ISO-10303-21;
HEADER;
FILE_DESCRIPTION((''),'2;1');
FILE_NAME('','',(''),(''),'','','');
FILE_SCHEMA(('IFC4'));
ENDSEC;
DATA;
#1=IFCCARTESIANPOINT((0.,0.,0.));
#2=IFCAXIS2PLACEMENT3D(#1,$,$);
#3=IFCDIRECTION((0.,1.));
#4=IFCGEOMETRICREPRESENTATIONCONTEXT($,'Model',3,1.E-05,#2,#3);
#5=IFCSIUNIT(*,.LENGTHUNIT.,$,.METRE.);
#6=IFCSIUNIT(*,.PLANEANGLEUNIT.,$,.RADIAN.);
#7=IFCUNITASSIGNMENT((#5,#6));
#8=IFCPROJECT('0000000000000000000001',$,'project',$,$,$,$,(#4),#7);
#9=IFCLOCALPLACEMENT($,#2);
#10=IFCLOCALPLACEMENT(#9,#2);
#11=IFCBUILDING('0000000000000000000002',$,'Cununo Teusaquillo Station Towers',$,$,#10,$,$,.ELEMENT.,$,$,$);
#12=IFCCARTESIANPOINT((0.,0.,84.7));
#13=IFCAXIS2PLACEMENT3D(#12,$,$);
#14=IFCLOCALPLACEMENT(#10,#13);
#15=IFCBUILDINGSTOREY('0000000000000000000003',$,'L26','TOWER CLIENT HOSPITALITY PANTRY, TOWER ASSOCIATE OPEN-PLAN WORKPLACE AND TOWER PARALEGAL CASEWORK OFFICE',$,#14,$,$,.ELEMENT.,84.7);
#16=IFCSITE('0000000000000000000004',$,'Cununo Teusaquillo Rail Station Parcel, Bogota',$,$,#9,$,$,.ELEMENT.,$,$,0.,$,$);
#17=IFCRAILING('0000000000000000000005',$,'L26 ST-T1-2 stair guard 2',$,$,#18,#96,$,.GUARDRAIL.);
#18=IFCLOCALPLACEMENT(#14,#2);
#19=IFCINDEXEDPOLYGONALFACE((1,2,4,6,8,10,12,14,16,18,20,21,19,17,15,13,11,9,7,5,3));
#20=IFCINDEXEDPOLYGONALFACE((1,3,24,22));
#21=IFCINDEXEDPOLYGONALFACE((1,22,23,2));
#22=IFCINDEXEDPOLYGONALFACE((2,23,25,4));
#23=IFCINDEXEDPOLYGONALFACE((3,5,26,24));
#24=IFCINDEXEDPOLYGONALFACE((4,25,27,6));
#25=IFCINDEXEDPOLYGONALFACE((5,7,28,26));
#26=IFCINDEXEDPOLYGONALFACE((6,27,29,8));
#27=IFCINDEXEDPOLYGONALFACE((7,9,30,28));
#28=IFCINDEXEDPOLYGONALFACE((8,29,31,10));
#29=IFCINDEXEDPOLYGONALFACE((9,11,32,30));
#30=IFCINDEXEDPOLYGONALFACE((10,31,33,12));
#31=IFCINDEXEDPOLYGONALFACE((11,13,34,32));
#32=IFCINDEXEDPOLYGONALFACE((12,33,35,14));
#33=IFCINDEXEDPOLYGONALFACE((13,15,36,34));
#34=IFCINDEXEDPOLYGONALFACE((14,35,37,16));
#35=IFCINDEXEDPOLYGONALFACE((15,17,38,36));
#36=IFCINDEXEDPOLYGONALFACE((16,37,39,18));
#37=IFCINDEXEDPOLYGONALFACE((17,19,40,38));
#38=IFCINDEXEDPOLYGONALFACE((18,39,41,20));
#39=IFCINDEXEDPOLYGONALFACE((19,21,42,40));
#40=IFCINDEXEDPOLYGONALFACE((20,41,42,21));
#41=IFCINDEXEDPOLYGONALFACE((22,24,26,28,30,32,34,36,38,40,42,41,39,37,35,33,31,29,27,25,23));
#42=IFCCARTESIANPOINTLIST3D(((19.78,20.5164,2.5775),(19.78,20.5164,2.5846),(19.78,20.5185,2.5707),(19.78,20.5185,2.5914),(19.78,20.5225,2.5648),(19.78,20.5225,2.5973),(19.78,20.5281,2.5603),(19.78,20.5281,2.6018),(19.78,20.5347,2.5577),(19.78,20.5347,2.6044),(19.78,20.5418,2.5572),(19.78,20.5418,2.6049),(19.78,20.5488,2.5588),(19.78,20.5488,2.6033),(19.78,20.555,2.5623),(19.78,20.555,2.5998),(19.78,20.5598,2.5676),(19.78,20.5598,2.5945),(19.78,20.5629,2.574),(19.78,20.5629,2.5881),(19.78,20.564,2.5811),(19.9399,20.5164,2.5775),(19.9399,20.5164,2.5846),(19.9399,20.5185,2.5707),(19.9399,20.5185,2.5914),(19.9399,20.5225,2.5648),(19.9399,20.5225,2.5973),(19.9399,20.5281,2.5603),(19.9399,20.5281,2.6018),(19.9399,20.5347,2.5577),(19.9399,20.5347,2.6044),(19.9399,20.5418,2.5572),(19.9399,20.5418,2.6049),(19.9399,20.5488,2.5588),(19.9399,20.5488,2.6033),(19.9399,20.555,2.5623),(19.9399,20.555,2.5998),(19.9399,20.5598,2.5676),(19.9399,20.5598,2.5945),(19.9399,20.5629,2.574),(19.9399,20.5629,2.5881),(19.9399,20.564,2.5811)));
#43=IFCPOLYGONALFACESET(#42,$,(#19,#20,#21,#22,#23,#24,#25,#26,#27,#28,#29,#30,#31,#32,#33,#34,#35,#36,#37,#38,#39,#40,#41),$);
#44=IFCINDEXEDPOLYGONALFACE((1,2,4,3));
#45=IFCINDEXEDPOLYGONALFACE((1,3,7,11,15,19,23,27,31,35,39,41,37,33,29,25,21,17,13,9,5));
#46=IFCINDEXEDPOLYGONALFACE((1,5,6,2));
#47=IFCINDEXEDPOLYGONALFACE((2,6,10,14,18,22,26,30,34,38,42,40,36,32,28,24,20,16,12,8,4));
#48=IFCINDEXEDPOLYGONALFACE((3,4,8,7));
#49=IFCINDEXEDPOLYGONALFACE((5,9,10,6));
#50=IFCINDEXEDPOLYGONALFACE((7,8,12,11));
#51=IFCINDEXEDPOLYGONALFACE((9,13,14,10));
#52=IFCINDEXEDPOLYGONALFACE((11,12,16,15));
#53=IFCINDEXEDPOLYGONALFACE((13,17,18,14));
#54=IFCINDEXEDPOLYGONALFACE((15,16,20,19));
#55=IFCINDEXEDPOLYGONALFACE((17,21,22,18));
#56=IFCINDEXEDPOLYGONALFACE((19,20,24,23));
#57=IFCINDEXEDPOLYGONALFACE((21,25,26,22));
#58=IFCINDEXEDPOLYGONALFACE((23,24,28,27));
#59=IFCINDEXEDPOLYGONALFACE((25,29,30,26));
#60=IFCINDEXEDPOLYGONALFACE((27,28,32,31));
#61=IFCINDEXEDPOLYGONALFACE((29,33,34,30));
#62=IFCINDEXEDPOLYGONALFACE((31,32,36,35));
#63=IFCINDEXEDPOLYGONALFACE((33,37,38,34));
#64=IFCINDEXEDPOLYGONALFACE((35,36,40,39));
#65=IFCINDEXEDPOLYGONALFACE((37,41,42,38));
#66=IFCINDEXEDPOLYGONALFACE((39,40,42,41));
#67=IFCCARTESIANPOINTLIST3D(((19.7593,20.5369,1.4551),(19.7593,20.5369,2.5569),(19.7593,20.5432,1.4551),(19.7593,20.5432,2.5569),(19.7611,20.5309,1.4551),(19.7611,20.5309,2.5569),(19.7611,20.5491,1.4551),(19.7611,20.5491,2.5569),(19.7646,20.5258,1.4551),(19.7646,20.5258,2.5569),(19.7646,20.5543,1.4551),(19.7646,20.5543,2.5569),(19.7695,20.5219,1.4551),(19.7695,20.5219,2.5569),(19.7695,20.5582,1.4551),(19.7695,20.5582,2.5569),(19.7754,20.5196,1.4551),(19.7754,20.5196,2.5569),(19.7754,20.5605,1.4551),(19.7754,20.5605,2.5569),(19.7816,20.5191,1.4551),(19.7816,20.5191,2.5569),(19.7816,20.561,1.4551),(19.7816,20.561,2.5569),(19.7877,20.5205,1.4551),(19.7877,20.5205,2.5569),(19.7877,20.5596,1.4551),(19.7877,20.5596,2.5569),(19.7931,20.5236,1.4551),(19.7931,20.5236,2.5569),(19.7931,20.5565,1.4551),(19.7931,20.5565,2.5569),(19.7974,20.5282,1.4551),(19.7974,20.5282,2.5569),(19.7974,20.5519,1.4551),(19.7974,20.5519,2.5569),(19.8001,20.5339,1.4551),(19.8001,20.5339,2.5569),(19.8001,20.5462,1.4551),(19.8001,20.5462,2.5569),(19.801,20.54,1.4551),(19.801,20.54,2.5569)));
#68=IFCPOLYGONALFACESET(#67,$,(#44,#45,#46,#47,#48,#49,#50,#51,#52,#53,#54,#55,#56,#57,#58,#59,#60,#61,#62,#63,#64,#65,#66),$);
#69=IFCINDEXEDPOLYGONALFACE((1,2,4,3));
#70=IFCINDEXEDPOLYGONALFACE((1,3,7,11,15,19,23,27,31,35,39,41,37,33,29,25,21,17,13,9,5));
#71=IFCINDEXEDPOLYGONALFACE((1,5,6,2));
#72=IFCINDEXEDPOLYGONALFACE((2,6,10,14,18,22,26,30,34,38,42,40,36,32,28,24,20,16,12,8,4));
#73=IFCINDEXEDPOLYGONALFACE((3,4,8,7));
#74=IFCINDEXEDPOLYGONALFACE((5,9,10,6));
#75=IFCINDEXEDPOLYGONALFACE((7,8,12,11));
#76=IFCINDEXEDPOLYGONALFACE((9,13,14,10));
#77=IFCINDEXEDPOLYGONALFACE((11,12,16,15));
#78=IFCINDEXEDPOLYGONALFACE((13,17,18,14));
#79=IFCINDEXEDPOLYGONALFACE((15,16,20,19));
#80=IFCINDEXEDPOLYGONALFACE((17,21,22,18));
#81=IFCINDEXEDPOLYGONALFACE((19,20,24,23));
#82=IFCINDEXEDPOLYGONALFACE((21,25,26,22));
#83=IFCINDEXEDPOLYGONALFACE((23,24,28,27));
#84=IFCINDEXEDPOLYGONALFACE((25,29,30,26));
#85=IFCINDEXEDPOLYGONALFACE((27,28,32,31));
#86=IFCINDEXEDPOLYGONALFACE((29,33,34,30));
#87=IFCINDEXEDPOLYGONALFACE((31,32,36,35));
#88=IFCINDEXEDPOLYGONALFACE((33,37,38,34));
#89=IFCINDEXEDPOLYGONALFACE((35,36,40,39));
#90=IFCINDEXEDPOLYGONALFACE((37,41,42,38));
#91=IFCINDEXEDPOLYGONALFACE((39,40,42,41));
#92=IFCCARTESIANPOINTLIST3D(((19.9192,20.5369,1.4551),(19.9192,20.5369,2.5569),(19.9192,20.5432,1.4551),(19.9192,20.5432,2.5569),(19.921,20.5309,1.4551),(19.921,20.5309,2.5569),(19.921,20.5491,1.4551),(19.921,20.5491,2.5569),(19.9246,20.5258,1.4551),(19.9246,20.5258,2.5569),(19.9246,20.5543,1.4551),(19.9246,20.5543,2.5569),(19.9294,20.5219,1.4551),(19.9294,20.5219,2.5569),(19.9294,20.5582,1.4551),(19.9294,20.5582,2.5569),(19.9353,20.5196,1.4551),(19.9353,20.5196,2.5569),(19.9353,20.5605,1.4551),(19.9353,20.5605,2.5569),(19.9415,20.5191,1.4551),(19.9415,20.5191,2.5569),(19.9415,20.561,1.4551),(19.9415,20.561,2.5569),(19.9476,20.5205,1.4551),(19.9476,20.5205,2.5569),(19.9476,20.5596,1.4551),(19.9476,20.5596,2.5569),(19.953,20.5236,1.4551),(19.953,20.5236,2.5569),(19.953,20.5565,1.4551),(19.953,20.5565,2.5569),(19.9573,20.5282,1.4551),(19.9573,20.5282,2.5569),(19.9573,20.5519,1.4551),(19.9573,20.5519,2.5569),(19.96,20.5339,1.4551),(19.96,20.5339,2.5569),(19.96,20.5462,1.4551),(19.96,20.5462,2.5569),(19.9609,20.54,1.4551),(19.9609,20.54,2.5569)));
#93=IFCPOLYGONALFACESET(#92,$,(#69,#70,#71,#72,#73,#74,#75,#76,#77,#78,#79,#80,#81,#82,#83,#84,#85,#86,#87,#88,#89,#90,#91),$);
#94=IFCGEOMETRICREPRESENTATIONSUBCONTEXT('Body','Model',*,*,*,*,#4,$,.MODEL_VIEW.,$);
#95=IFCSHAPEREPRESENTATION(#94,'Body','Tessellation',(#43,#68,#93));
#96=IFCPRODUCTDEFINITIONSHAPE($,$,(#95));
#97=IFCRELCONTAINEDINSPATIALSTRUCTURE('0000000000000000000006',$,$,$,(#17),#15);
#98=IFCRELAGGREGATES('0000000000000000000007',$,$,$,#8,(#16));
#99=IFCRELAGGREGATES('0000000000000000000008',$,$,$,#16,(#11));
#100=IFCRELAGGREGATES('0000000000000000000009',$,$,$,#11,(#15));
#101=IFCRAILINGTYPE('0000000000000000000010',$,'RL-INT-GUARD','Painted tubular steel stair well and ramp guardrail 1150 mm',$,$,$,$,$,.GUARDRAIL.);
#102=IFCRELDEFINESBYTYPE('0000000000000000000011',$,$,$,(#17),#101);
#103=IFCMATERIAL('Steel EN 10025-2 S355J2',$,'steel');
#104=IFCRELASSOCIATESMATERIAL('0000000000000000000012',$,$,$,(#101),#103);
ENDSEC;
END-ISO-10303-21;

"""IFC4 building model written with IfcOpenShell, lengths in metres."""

from ifc_helpers import new_model, si_unit, direction, frame, origin, origin_2d, place, context, subcontext, project, spatial, circle, extrude, material, type_object, element, save


model = new_model("IFC4")

# Units and contexts
model_context = context("Model", 3, precision=1e-05, world=origin(), true_north=direction((0.0, 1.0)))
body_context = subcontext(model_context, "Body", "Model", "MODEL_VIEW")
ifc_project = project(units=[si_unit("LENGTHUNIT", "METRE"), si_unit("PLANEANGLEUNIT", "RADIAN")], contexts=[model_context])

# Site, building, storey
site_placement = place(None, origin())
site = spatial("IfcSite", under=ifc_project, at=site_placement, Name="Cununo Teusaquillo Rail Station Parcel, Bogota", CompositionType="ELEMENT", RefElevation=0.0)
building_placement = place(site_placement, origin())
building = spatial("IfcBuilding", under=site, at=building_placement, Name="Cununo Teusaquillo Station Towers", CompositionType="ELEMENT")
storey_placement = place(building_placement, frame((0.0, 0.0, 84.7)))
storey = spatial("IfcBuildingStorey", under=building, at=storey_placement, Name="L26", Description="TOWER CLIENT HOSPITALITY PANTRY, TOWER ASSOCIATE OPEN-PLAN WORKPLACE AND TOWER PARALEGAL CASEWORK OFFICE", CompositionType="ELEMENT", Elevation=84.7)

# Railing
ifc_material_1 = material(Name="Steel EN 10025-2 S355J2", Category="steel")
railing_type_1 = type_object("IfcRailingType", Name="RL-INT-GUARD", Description="Painted tubular steel stair well and ramp guardrail 1150 mm", PredefinedType="GUARDRAIL", material=ifc_material_1)
railing_1_placement = place(storey_placement, frame((19.78, 20.54, 1.4551)))
element("IfcRailing", 1, at=railing_1_placement, inside=storey, type_object=railing_type_1, Name="L26 ST-T1-2 stair guard 2", PredefinedType="GUARDRAIL", context=body_context, shape_type="SweptSolid", body=[
    extrude(circle(Radius=0.0239, at=origin_2d()), frame((0.0, 0.0, 1.126), z_axis=(1.0, 0.0, 0.0), x_axis=(0.0, 1.0, 0.0)), (0.0, 0.0, 1.0), 0.1599),
    extrude(circle(Radius=0.021, at=origin_2d()), origin(), (0.0, 0.0, 1.0), 1.1018),
    extrude(circle(Radius=0.021, at=origin_2d()), frame((0.1599, 0.0, 0.0)), (0.0, 0.0, 1.0), 1.1018),
])

save(model, "model.ifc")
